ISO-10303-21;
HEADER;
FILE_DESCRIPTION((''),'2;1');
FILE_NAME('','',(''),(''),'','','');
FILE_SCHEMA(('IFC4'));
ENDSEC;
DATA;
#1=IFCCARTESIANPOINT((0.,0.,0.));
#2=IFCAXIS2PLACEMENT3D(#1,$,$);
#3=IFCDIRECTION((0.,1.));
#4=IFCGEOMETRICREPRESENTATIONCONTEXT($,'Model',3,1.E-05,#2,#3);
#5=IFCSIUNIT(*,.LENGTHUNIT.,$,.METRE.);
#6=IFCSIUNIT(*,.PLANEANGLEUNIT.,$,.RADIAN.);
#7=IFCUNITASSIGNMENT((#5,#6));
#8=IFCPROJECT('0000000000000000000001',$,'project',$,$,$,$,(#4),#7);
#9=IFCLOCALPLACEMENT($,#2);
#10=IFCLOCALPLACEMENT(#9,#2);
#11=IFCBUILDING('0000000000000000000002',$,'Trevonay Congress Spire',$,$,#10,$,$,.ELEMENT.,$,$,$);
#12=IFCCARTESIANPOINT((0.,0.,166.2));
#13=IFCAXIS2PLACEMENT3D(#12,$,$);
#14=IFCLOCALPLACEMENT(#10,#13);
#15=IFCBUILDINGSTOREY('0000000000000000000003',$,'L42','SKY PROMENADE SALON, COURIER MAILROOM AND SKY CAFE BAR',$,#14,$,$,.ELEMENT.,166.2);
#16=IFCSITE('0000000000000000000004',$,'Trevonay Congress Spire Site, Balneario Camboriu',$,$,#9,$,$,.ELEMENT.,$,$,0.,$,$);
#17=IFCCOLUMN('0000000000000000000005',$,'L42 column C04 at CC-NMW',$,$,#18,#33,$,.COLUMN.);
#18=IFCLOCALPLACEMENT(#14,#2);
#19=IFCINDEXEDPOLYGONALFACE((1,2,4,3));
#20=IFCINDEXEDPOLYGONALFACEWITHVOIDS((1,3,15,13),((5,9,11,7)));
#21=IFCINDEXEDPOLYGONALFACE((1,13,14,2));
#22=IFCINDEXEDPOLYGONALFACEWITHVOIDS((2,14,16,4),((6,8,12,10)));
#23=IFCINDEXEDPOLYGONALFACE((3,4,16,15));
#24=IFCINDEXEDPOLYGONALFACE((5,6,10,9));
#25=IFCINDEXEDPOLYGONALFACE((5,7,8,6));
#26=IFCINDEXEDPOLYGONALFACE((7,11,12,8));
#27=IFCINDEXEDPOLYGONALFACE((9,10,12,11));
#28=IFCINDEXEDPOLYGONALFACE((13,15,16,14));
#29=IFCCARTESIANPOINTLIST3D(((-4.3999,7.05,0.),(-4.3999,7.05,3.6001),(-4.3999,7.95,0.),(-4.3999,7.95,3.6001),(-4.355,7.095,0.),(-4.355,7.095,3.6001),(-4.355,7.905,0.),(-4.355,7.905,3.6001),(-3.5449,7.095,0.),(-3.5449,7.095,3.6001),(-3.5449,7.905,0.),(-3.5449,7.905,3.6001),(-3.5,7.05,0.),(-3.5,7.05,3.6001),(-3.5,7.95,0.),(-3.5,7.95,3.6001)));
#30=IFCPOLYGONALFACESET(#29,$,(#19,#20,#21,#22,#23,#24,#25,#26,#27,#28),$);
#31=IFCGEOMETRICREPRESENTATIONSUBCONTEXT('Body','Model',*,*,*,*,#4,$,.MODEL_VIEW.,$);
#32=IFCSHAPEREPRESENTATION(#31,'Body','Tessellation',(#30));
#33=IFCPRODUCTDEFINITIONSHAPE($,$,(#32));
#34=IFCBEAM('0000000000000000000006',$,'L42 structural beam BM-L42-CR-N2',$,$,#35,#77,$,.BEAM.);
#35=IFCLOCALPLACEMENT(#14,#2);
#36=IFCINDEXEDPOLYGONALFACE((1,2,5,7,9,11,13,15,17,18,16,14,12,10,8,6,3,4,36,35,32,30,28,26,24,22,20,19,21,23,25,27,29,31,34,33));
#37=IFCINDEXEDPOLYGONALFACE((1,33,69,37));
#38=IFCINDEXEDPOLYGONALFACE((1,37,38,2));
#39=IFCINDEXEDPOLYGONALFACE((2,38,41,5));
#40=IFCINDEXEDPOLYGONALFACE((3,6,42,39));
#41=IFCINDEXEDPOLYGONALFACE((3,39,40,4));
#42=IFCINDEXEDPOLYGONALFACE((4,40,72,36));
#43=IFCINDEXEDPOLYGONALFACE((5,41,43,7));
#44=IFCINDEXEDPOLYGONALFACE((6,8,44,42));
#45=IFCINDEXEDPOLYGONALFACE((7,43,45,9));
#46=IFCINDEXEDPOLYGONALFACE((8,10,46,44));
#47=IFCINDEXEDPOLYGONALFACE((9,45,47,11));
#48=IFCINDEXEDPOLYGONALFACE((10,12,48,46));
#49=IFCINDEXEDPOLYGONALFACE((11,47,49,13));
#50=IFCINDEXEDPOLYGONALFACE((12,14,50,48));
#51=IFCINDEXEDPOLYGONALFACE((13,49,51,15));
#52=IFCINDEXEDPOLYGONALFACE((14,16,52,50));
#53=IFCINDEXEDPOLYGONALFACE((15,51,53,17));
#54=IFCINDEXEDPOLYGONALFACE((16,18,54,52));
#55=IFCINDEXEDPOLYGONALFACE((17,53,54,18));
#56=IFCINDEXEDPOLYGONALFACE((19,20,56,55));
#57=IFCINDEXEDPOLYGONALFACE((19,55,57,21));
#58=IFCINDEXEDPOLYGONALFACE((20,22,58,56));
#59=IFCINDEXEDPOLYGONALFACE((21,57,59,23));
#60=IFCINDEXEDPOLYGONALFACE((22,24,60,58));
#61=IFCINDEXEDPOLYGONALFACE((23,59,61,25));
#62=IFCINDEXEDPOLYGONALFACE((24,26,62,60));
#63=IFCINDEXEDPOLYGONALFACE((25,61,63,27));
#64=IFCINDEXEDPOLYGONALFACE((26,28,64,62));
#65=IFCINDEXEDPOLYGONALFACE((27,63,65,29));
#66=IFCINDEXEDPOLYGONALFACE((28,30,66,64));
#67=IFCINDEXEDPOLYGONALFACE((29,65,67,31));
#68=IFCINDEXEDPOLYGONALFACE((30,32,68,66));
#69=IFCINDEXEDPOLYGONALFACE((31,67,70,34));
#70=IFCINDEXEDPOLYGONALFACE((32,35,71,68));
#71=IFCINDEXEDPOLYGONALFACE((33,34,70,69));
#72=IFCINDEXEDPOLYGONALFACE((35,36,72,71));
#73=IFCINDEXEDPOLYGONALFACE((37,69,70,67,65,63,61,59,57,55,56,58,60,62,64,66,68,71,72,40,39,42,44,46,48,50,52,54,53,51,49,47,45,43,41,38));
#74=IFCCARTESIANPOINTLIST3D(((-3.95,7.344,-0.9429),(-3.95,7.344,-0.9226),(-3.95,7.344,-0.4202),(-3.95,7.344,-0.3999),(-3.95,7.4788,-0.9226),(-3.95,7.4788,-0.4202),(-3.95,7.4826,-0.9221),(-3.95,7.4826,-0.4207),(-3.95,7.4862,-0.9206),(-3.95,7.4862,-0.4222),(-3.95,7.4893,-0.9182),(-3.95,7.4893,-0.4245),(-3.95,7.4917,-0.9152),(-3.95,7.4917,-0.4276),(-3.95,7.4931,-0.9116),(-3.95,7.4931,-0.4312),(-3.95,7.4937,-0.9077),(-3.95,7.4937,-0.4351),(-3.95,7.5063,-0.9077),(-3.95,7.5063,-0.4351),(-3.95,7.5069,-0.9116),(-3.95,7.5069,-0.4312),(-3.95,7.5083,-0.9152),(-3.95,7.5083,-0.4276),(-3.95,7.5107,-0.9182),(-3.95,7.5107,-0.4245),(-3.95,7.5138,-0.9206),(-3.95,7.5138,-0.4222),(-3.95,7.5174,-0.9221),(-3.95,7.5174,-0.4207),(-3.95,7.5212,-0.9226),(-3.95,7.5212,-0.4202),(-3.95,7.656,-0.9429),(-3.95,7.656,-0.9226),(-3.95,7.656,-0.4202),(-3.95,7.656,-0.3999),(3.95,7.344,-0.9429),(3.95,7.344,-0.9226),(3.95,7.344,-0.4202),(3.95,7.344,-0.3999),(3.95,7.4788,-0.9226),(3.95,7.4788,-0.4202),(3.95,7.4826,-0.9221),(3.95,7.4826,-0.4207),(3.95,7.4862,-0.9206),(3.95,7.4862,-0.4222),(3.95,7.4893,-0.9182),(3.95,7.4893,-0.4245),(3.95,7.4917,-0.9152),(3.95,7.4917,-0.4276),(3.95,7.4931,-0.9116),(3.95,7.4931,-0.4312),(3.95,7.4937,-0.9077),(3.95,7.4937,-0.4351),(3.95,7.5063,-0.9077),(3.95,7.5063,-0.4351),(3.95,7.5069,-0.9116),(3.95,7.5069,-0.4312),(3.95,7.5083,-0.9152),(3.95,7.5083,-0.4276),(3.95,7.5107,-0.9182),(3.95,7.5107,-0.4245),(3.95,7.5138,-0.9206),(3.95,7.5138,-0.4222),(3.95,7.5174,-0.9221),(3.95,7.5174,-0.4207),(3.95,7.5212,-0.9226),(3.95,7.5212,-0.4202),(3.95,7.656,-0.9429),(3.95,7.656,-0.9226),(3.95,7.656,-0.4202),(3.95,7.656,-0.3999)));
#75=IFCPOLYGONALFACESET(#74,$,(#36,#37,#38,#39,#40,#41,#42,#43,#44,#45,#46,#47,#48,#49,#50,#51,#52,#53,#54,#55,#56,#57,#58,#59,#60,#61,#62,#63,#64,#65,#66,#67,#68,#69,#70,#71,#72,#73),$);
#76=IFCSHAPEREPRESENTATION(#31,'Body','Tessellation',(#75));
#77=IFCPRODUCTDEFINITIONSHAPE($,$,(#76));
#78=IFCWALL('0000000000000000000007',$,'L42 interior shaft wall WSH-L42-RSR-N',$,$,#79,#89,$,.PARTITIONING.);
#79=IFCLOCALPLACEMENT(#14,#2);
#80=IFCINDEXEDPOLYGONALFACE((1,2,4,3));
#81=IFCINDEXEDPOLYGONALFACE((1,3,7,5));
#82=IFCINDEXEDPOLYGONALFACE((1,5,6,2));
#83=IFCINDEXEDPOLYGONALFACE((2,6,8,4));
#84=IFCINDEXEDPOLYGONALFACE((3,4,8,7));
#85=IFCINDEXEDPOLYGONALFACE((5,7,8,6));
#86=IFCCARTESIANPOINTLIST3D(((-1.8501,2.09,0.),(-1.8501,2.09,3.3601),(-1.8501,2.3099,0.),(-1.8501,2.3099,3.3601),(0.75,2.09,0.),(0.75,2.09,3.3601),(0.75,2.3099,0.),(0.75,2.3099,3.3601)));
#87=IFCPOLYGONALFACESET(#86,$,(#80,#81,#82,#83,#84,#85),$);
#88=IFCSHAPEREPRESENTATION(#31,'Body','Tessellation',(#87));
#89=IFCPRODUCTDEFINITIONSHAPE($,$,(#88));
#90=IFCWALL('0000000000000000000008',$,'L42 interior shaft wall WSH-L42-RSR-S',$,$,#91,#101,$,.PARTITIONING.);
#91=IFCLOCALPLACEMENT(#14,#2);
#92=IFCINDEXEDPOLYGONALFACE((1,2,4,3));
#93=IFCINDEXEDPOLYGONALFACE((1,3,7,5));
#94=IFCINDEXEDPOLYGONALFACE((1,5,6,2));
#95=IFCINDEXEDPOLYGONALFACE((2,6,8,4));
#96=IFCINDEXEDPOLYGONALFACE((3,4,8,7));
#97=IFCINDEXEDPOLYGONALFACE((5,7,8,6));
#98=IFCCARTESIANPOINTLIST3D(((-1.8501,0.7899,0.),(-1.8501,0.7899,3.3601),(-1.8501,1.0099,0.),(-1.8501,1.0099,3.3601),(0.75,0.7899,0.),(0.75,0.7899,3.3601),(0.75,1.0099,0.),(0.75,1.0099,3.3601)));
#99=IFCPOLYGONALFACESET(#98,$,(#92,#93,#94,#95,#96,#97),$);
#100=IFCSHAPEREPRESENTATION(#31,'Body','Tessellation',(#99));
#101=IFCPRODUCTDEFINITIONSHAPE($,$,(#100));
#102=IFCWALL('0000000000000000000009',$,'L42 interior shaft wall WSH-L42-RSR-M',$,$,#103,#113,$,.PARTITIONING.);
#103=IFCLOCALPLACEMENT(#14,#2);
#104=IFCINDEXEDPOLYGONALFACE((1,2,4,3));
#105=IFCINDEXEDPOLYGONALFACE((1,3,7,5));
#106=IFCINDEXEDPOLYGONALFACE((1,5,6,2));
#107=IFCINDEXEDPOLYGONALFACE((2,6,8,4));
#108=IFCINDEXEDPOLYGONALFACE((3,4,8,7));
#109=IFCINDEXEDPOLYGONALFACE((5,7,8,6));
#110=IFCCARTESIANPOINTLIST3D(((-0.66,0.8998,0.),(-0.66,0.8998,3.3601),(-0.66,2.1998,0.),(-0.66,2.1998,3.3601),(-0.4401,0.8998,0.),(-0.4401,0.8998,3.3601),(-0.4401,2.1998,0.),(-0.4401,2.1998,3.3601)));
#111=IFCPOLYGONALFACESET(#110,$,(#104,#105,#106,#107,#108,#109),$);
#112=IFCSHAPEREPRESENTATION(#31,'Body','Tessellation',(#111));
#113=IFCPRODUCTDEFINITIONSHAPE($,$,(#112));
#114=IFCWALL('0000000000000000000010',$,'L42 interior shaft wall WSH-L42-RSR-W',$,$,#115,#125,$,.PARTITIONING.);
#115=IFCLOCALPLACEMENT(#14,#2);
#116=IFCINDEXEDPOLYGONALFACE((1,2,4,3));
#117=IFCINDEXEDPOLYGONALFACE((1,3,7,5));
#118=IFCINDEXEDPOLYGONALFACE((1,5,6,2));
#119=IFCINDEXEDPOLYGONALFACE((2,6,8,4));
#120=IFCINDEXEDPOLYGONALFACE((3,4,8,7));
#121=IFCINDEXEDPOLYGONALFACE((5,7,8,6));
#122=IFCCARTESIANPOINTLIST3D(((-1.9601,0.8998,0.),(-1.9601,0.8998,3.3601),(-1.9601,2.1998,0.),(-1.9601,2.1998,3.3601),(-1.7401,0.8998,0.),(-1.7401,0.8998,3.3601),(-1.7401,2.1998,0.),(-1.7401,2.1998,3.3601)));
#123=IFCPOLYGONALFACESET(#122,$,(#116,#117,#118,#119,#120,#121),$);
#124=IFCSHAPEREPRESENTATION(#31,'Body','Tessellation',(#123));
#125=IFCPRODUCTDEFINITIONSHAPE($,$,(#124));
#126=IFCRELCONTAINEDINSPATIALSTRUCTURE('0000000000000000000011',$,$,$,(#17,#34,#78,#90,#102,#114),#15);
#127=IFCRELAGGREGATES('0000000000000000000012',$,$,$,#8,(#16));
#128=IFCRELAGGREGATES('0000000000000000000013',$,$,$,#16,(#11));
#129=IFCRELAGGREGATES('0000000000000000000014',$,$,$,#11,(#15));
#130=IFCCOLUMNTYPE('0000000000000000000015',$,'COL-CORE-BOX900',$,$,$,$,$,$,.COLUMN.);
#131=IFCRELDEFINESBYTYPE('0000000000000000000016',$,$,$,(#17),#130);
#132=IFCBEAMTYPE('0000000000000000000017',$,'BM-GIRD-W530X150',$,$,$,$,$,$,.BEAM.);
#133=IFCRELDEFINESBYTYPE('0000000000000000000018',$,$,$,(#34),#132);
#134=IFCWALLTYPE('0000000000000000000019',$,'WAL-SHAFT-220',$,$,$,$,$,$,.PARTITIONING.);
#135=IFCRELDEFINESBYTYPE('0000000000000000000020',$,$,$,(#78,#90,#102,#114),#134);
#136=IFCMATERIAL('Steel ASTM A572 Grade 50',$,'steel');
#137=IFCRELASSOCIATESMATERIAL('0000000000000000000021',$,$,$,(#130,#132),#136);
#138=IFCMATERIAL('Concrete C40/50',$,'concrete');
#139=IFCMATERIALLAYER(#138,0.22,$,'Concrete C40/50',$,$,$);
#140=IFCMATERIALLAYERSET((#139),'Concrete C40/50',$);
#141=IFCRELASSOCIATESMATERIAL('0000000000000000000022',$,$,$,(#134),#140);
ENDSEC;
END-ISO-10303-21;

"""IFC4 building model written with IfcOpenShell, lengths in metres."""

from ifc_helpers import new_model, si_unit, direction, frame, frame_2d, origin, origin_2d, place, context, subcontext, project, spatial, rectangle, hollow_rectangle, i_section, extrude, material, layer, layer_set, material_profile, profile_set, type_object, element, save


model = new_model("IFC4")

# Units and contexts
model_context = context("Model", 3, precision=1e-05, world=origin(), true_north=direction((0.0, 1.0)))
body_context = subcontext(model_context, "Body", "Model", "MODEL_VIEW")
ifc_project = project(units=[si_unit("LENGTHUNIT", "METRE"), si_unit("PLANEANGLEUNIT", "RADIAN")], contexts=[model_context])

# Site, building, storey
site_placement = place(None, origin())
site = spatial("IfcSite", under=ifc_project, at=site_placement, Name="Trevonay Congress Spire Site, Balneario Camboriu", CompositionType="ELEMENT", RefElevation=0.0)
building_placement = place(site_placement, origin())
building = spatial("IfcBuilding", under=site, at=building_placement, Name="Trevonay Congress Spire", CompositionType="ELEMENT")
storey_placement = place(building_placement, frame((0.0, 0.0, 166.2)))
storey = spatial("IfcBuildingStorey", under=building, at=storey_placement, Name="L42", Description="SKY PROMENADE SALON, COURIER MAILROOM AND SKY CAFE BAR", CompositionType="ELEMENT", Elevation=166.2)

# Column
ifc_material_1 = material(Name="Steel ASTM A572 Grade 50", Category="steel")
ifc_material_profile_1 = material_profile(ifc_material_1, hollow_rectangle(XDim=0.8999, YDim=0.8999, WallThickness=0.0449, at=origin_2d()), Name="BOX 900x900x45")
ifc_profile_set_1 = profile_set([ifc_material_profile_1], Name="Steel ASTM A572 Grade 50")
column_type = type_object("IfcColumnType", Name="COL-CORE-BOX900", PredefinedType="COLUMN", material=ifc_profile_set_1)
column_placement = place(storey_placement, frame((-3.95, 7.5, 0.0), z_axis=(0.0, 0.0, 1.0), x_axis=(1.0, 0.0, 0.0)))
element("IfcColumn", 1, at=column_placement, inside=storey, type_object=column_type, Name="L42 column C04 at CC-NMW", PredefinedType="COLUMN", context=body_context, shape_type="SweptSolid", body=[
    extrude(hollow_rectangle(XDim=0.8999, YDim=0.8999, WallThickness=0.0449, at=origin_2d()), origin(), (0.0, 0.0, 1.0), 3.6001),
])

# Beam
ifc_material_profile_2 = material_profile(ifc_material_1, i_section(OverallWidth=0.312, OverallDepth=0.543, WebThickness=0.0127, FlangeThickness=0.0203, FilletRadius=0.0149, at=origin_2d()), Name="W530x150")
ifc_profile_set_2 = profile_set([ifc_material_profile_2], Name="Steel ASTM A572 Grade 50")
beam_type = type_object("IfcBeamType", Name="BM-GIRD-W530X150", PredefinedType="BEAM", material=ifc_profile_set_2)
beam_placement = place(storey_placement, frame((-3.95, 7.5, -0.6714), z_axis=(1.0, 0.0, 0.0), x_axis=(0.0, 1.0, 0.0)))
element("IfcBeam", 2, at=beam_placement, inside=storey, type_object=beam_type, Name="L42 structural beam BM-L42-CR-N2", PredefinedType="BEAM", context=body_context, shape_type="SweptSolid", body=[
    extrude(i_section(OverallWidth=0.312, OverallDepth=0.543, WebThickness=0.0127, FlangeThickness=0.0203, FilletRadius=0.0149, at=origin_2d()), origin(), (0.0, 0.0, 1.0), 7.8999),
])

# Walls
ifc_material_2 = material(Name="Concrete C40/50", Category="concrete")
ifc_layer_1 = layer(ifc_material_2, 0.22, Name="Concrete C40/50")
ifc_layer_set_1 = layer_set([ifc_layer_1], Name="Concrete C40/50")
wall_type_1 = type_object("IfcWallType", Name="WAL-SHAFT-220", PredefinedType="PARTITIONING", material=ifc_layer_set_1)
for number, where, z_axis, x_axis, name in (
    (3, (-1.8501, 2.2, 0.0), (0.0, 0.0, 1.0), (1.0, 0.0, 0.0), "L42 interior shaft wall WSH-L42-RSR-N"),
    (4, (-1.8501, 0.8999, 0.0), (0.0, 0.0, 1.0), (1.0, 0.0, 0.0), "L42 interior shaft wall WSH-L42-RSR-S"),
):
    element("IfcWall", number, at=place(storey_placement, frame(where, z_axis=z_axis, x_axis=x_axis)), inside=storey, type_object=wall_type_1, Name=name, PredefinedType="PARTITIONING", context=body_context, shape_type="SweptSolid", body=[
        extrude(rectangle(XDim=2.6001, YDim=0.22, at=frame_2d((1.3, 0.0))), origin(), (0.0, 0.0, 1.0), 3.3601),
    ])
for number, where, z_axis, x_axis, name in (
    (5, (-0.55, 0.8999, 0.0), (0.0, 0.0, 1.0), (0.0, 1.0, 0.0), "L42 interior shaft wall WSH-L42-RSR-M"),
    (6, (-1.8501, 0.8999, 0.0), (0.0, 0.0, 1.0), (0.0, 1.0, 0.0), "L42 interior shaft wall WSH-L42-RSR-W"),
):
    element("IfcWall", number, at=place(storey_placement, frame(where, z_axis=z_axis, x_axis=x_axis)), inside=storey, type_object=wall_type_1, Name=name, PredefinedType="PARTITIONING", context=body_context, shape_type="SweptSolid", body=[
        extrude(rectangle(XDim=1.3, YDim=0.22, at=frame_2d((0.6499, 0.0))), origin(), (0.0, 0.0, 1.0), 3.3601),
    ])

save(model, "model.ifc")
